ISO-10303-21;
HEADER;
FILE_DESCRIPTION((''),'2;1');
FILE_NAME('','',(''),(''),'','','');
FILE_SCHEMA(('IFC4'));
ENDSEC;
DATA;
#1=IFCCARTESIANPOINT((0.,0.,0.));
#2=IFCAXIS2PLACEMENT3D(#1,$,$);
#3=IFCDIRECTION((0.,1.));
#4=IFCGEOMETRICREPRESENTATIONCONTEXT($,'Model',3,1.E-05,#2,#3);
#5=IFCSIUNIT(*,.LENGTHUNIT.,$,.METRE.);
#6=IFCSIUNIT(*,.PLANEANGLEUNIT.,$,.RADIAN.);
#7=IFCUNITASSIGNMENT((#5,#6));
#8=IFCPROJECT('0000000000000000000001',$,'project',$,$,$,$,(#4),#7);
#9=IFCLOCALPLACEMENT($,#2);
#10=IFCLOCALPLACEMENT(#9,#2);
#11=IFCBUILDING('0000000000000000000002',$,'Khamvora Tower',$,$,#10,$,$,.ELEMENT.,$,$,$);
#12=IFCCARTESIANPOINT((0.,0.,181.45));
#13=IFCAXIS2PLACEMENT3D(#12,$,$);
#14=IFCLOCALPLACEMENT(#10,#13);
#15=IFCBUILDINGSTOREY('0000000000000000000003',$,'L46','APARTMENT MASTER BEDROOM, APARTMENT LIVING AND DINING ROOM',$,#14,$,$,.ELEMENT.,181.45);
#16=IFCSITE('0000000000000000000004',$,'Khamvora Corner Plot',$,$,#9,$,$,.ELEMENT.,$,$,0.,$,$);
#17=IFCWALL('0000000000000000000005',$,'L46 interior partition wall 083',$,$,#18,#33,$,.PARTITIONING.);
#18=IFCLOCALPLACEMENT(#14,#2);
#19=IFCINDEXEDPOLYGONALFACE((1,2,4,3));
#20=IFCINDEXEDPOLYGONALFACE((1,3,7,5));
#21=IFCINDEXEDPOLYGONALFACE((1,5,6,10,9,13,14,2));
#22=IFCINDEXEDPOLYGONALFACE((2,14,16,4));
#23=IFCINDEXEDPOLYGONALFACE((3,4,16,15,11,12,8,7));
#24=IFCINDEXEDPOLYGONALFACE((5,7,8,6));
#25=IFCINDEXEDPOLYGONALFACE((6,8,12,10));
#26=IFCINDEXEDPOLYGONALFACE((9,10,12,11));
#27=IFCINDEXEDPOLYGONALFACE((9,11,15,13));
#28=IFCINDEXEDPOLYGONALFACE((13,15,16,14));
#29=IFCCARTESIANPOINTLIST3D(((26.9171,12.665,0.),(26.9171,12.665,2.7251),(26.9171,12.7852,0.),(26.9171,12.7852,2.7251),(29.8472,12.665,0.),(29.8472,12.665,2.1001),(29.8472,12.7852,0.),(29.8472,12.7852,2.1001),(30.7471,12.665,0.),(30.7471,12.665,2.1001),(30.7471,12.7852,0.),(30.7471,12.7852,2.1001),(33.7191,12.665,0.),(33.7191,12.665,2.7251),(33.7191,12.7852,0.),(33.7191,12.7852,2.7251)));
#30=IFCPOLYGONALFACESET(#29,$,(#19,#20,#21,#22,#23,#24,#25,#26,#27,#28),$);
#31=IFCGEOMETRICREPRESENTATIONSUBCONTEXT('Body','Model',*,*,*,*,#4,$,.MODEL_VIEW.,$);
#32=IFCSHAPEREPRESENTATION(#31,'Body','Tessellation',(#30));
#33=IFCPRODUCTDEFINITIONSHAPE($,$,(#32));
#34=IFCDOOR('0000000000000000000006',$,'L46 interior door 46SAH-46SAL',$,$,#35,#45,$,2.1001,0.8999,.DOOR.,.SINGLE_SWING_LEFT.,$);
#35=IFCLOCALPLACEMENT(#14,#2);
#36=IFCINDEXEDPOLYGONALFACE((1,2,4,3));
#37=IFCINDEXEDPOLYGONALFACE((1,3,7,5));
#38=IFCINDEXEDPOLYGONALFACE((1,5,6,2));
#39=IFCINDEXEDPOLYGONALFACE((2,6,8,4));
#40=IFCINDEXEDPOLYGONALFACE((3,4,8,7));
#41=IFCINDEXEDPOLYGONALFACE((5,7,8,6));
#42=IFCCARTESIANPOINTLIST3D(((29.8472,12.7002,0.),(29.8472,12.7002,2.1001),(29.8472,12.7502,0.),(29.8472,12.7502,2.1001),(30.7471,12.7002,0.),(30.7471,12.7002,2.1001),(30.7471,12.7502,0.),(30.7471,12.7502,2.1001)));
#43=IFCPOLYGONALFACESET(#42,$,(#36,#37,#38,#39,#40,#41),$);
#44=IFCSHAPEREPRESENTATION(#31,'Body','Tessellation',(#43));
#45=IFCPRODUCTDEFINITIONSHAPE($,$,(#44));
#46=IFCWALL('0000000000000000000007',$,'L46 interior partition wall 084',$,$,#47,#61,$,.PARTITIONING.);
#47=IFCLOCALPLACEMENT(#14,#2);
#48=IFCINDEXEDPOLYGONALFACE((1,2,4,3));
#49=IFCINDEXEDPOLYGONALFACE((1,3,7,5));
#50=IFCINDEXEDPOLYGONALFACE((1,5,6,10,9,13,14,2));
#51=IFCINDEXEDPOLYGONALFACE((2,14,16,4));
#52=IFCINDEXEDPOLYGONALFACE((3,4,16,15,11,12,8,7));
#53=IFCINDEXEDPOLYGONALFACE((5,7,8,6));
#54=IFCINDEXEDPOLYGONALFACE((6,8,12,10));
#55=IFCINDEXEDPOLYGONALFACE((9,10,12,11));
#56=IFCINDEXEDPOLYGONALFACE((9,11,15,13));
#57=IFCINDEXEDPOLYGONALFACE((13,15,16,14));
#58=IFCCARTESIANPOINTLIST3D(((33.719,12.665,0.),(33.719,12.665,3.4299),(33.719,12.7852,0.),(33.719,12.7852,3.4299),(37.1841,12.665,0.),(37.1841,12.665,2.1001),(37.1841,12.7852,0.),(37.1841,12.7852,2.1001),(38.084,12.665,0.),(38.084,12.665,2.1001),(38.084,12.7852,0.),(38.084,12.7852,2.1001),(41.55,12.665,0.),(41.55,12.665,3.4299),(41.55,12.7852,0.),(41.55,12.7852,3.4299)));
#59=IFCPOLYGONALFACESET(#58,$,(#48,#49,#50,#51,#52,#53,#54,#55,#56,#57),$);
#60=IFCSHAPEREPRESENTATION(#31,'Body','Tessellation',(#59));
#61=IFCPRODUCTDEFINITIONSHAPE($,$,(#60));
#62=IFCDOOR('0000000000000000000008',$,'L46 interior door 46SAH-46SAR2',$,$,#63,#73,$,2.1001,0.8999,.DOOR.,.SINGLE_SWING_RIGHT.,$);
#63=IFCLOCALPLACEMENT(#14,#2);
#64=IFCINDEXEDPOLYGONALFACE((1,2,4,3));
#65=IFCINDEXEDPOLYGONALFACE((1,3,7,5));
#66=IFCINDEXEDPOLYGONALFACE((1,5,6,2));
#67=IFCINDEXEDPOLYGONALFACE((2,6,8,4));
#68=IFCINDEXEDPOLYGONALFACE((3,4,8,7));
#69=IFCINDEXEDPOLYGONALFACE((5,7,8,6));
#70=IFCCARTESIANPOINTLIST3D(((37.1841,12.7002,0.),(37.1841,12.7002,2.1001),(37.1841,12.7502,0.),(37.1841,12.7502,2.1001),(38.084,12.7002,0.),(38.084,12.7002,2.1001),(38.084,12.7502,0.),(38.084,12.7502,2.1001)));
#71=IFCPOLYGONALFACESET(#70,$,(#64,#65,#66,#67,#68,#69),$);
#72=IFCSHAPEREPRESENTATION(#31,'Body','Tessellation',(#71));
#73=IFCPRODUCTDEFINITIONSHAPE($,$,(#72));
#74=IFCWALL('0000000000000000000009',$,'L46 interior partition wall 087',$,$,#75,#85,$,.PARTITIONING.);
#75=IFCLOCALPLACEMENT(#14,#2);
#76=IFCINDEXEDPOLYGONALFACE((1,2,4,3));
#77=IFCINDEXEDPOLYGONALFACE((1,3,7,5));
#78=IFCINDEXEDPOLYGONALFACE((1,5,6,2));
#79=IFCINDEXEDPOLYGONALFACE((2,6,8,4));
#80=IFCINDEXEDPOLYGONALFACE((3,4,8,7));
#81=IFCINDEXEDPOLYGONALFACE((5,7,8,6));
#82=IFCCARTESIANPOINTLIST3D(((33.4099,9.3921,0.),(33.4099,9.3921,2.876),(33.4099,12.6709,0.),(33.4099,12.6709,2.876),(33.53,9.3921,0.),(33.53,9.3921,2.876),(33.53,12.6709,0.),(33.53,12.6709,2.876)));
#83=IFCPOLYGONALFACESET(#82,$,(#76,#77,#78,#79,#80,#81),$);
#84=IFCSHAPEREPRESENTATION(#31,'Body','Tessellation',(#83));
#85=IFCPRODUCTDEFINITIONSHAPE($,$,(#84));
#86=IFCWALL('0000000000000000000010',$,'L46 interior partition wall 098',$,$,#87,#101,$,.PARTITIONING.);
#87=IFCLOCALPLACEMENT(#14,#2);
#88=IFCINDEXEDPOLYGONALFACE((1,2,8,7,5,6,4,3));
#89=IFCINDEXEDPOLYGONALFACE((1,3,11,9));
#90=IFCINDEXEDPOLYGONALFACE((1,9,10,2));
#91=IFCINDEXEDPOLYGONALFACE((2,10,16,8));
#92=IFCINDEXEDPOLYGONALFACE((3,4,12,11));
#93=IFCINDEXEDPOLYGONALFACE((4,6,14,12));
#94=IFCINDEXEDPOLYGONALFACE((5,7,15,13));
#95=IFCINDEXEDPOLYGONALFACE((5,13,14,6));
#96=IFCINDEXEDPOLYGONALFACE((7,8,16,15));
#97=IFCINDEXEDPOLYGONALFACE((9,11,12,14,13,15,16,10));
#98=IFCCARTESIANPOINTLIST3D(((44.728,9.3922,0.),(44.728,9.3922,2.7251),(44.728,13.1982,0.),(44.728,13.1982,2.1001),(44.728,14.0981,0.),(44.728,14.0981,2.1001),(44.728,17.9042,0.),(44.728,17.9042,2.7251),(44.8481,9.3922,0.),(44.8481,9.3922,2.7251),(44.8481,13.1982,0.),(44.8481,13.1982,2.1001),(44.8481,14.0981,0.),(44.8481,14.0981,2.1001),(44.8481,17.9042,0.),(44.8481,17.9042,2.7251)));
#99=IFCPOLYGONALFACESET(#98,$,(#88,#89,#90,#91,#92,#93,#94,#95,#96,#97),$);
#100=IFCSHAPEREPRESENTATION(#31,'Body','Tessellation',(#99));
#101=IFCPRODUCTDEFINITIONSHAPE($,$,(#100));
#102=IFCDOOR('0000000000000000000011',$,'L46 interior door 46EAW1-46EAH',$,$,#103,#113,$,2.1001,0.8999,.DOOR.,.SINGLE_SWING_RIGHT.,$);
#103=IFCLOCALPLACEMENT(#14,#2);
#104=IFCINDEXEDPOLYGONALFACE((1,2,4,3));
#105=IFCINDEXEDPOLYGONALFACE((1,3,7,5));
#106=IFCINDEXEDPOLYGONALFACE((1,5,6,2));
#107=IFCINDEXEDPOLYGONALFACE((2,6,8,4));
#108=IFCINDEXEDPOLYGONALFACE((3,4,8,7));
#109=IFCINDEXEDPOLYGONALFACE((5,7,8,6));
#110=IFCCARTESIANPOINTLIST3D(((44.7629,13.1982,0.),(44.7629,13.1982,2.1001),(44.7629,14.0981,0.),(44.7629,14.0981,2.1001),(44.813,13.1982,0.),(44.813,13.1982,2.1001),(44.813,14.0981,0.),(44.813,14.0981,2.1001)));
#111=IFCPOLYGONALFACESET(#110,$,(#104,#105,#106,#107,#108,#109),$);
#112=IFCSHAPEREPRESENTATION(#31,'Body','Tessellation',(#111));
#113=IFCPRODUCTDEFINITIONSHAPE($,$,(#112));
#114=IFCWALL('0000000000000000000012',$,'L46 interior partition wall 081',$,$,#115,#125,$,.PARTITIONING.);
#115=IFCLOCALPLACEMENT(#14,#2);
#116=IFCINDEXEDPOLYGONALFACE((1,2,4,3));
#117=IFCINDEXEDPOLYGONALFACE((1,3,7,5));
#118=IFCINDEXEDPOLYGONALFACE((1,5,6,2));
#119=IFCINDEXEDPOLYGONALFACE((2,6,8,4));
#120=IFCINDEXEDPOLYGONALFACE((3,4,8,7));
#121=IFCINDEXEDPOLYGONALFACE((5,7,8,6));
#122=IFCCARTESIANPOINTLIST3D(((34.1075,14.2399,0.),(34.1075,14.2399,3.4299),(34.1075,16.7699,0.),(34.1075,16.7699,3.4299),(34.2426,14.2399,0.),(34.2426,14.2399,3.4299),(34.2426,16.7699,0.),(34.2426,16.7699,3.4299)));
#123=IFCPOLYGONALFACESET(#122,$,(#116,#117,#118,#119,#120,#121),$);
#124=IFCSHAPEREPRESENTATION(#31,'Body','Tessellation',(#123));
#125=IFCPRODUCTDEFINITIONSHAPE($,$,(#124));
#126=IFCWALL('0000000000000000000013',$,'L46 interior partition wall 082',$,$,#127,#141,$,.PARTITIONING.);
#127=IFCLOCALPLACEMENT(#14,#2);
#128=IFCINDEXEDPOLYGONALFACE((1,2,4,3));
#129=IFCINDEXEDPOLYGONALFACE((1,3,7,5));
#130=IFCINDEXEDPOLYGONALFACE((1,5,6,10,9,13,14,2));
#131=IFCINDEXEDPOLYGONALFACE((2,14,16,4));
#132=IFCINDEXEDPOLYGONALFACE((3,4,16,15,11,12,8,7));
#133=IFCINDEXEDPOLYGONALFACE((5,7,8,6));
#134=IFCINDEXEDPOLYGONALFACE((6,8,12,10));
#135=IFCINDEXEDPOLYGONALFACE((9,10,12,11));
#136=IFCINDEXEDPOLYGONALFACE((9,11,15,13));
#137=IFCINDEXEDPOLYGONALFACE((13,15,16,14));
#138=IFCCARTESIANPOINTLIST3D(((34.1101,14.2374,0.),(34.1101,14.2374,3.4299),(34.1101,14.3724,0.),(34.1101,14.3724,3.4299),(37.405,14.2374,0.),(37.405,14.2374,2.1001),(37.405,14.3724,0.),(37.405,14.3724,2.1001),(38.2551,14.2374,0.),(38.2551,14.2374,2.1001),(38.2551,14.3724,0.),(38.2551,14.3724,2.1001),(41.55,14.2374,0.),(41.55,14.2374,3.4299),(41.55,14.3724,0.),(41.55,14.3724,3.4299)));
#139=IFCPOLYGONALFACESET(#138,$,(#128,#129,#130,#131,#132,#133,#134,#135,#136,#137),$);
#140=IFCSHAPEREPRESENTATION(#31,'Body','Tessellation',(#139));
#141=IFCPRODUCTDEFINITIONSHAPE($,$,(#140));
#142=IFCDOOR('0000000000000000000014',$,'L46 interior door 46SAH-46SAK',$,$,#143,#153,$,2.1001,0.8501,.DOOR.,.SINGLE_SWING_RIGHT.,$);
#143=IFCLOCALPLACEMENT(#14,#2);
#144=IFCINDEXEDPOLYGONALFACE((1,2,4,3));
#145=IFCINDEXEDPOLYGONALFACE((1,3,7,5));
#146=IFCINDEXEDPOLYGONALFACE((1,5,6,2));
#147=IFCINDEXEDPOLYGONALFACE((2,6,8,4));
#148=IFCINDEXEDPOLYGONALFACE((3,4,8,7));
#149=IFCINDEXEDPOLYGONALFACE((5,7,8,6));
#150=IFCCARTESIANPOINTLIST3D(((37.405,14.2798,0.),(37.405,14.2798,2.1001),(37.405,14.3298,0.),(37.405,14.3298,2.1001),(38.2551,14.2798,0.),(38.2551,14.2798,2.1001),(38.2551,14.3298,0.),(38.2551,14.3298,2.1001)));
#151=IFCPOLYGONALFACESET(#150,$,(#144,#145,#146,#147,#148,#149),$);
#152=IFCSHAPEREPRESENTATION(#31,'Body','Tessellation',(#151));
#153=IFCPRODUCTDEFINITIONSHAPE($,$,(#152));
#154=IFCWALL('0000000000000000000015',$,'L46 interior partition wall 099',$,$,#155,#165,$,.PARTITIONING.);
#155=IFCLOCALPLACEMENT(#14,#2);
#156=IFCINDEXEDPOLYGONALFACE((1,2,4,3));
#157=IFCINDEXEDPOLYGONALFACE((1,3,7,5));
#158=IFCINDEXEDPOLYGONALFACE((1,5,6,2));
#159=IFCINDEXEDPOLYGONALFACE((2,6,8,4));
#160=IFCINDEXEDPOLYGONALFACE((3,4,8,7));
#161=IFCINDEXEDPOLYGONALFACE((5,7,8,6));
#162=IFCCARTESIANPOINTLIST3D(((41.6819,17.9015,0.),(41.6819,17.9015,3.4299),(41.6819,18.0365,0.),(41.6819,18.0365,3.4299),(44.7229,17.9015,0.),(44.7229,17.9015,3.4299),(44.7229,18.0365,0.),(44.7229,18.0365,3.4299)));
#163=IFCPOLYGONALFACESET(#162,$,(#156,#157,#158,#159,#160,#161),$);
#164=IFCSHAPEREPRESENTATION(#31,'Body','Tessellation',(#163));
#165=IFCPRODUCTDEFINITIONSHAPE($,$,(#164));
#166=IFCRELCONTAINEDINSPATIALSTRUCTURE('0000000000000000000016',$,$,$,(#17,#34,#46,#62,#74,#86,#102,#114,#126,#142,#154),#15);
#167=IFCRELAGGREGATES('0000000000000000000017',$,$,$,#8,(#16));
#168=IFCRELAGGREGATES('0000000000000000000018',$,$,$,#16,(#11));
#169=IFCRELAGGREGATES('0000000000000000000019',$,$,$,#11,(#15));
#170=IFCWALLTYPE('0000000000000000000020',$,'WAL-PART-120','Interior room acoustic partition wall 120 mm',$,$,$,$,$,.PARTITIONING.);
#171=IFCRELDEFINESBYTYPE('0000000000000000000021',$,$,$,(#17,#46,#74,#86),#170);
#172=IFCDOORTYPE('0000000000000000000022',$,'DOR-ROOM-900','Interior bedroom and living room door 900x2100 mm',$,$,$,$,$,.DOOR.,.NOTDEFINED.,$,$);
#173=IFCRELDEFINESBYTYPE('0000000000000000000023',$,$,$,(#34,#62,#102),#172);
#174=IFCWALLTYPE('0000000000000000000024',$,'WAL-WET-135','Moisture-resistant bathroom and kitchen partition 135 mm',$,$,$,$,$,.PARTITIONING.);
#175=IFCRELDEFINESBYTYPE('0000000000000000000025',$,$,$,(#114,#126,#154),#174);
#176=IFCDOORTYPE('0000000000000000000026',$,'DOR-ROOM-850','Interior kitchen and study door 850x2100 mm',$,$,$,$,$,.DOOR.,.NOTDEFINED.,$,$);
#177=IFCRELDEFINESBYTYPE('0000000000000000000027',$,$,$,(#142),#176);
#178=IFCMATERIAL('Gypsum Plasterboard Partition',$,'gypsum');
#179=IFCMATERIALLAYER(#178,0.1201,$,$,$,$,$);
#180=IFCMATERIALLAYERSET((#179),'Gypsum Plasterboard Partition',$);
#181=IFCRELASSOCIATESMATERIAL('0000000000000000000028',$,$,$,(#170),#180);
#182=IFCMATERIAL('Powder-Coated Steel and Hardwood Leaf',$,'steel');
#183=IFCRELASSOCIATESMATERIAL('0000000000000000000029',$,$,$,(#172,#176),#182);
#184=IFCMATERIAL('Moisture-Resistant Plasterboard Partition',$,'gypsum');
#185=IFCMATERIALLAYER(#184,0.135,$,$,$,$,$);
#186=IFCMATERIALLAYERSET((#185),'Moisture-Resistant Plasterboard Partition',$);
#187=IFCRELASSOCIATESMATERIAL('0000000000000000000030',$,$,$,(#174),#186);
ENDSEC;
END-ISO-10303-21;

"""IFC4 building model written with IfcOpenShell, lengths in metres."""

from ifc_helpers import new_model, si_unit, direction, frame, frame_2d, origin, place, context, subcontext, project, spatial, rectangle, extrude, material, layer, layer_set, type_object, element, fill, save


model = new_model("IFC4")

# Units and contexts
model_context = context("Model", 3, precision=1e-05, world=origin(), true_north=direction((0.0, 1.0)))
body_context = subcontext(model_context, "Body", "Model", "MODEL_VIEW")
ifc_project = project(units=[si_unit("LENGTHUNIT", "METRE"), si_unit("PLANEANGLEUNIT", "RADIAN")], contexts=[model_context])

# Site, building, storey
site_placement = place(None, origin())
site = spatial("IfcSite", under=ifc_project, at=site_placement, Name="Khamvora Corner Plot", CompositionType="ELEMENT", RefElevation=0.0)
building_placement = place(site_placement, origin())
building = spatial("IfcBuilding", under=site, at=building_placement, Name="Khamvora Tower", CompositionType="ELEMENT")
storey_placement = place(building_placement, frame((0.0, 0.0, 181.45)))
storey = spatial("IfcBuildingStorey", under=building, at=storey_placement, Name="L46", Description="APARTMENT MASTER BEDROOM, APARTMENT LIVING AND DINING ROOM", CompositionType="ELEMENT", Elevation=181.45)

# Shared definitions
ifc_material_1 = material(Name="Powder-Coated Steel and Hardwood Leaf", Category="steel")

# Walls, openings, doors
ifc_material_2 = material(Name="Gypsum Plasterboard Partition", Category="gypsum")
ifc_layer_1 = layer(ifc_material_2, 0.1201)
ifc_layer_set_1 = layer_set([ifc_layer_1], Name="Gypsum Plasterboard Partition")
wall_type_1 = type_object("IfcWallType", Name="WAL-PART-120", Description="Interior room acoustic partition wall 120 mm", PredefinedType="PARTITIONING", material=ifc_layer_set_1)
wall_1_placement = place(storey_placement, frame((33.719, 12.7251, 0.0), z_axis=(0.0, 0.0, 1.0), x_axis=(-1.0, 0.0, 0.0)))
wall_1 = element("IfcWall", 1, at=wall_1_placement, inside=storey, type_object=wall_type_1, Name="L46 interior partition wall 083", PredefinedType="PARTITIONING", context=body_context, shape_type="SweptSolid", body=[
    extrude(rectangle(XDim=6.802, YDim=0.1201, at=frame_2d((3.4009, 0.0))), origin(), (0.0, 0.0, 1.0), 2.7251),
])
opening_1_placement = place(wall_1_placement, frame((2.9719, 0.0, 0.0)))
opening_1 = element("IfcOpeningElement", 2, at=opening_1_placement, cuts=wall_1, PredefinedType="OPENING", context=body_context, shape_type="SweptSolid", body=[
    extrude(rectangle(XDim=0.8999, YDim=2.1001, at=frame_2d((0.45, 1.05))), frame((0.0, 0.0701, 0.0), z_axis=(0.0, -1.0, 0.0), x_axis=(1.0, 0.0, 0.0)), (0.0, 0.0, 1.0), 0.1401),
])
door_type_1 = type_object("IfcDoorType", Name="DOR-ROOM-900", Description="Interior bedroom and living room door 900x2100 mm", OperationType="NOTDEFINED", PredefinedType="DOOR", material=ifc_material_1)
door_1_placement = place(opening_1_placement, origin())
door_1 = element("IfcDoor", 3, at=door_1_placement, inside=storey, type_object=door_type_1, Name="L46 interior door 46SAH-46SAL", OperationType="SINGLE_SWING_LEFT", OverallHeight=2.1001, OverallWidth=0.8999, PredefinedType="DOOR", context=body_context, shape_type="SweptSolid", body=[
    extrude(rectangle(XDim=0.8999, YDim=2.1001, at=frame_2d((0.45, 1.05))), frame((0.0, 0.0249, 0.0), z_axis=(0.0, -1.0, 0.0), x_axis=(1.0, 0.0, 0.0)), (0.0, 0.0, 1.0), 0.05),
])
fill(opening_1, door_1)
wall_2_placement = place(storey_placement, frame((41.55, 12.7251, 0.0), z_axis=(0.0, 0.0, 1.0), x_axis=(-1.0, 0.0, 0.0)))
wall_2 = element("IfcWall", 4, at=wall_2_placement, inside=storey, type_object=wall_type_1, Name="L46 interior partition wall 084", PredefinedType="PARTITIONING", context=body_context, shape_type="SweptSolid", body=[
    extrude(rectangle(XDim=7.8311, YDim=0.1201, at=frame_2d((3.9155, 0.0))), origin(), (0.0, 0.0, 1.0), 3.4299),
])
opening_2_placement = place(wall_2_placement, frame((3.4661, 0.0, 0.0)))
opening_2 = element("IfcOpeningElement", 5, at=opening_2_placement, cuts=wall_2, PredefinedType="OPENING", context=body_context, shape_type="SweptSolid", body=[
    extrude(rectangle(XDim=0.8999, YDim=2.1001, at=frame_2d((0.45, 1.05))), frame((0.0, 0.0701, 0.0), z_axis=(0.0, -1.0, 0.0), x_axis=(1.0, 0.0, 0.0)), (0.0, 0.0, 1.0), 0.1401),
])
door_2_placement = place(opening_2_placement, origin())
door_2 = element("IfcDoor", 6, at=door_2_placement, inside=storey, type_object=door_type_1, Name="L46 interior door 46SAH-46SAR2", OperationType="SINGLE_SWING_RIGHT", OverallHeight=2.1001, OverallWidth=0.8999, PredefinedType="DOOR", context=body_context, shape_type="SweptSolid", body=[
    extrude(rectangle(XDim=0.8999, YDim=2.1001, at=frame_2d((0.45, 1.05))), frame((0.0, 0.0249, 0.0), z_axis=(0.0, -1.0, 0.0), x_axis=(1.0, 0.0, 0.0)), (0.0, 0.0, 1.0), 0.05),
])
fill(opening_2, door_2)

# Wall
wall_3_placement = place(storey_placement, frame((33.47, 12.6709, 0.0), z_axis=(0.0, 0.0, 1.0), x_axis=(0.0, -1.0, 0.0)))
element("IfcWall", 7, at=wall_3_placement, inside=storey, type_object=wall_type_1, Name="L46 interior partition wall 087", PredefinedType="PARTITIONING", context=body_context, shape_type="SweptSolid", body=[
    extrude(rectangle(XDim=3.2788, YDim=0.1201, at=frame_2d((1.6394, 0.0))), origin(), (0.0, 0.0, 1.0), 2.876),
])

# Wall, opening, door
wall_4_placement = place(storey_placement, frame((44.7881, 17.9041, 0.0), z_axis=(0.0, 0.0, 1.0), x_axis=(0.0, -1.0, 0.0)))
wall_4 = element("IfcWall", 8, at=wall_4_placement, inside=storey, type_object=wall_type_1, Name="L46 interior partition wall 098", PredefinedType="PARTITIONING", context=body_context, shape_type="SweptSolid", body=[
    extrude(rectangle(XDim=8.512, YDim=0.1201, at=frame_2d((4.2559, 0.0))), origin(), (0.0, 0.0, 1.0), 2.7251),
])
opening_3_placement = place(wall_4_placement, frame((3.8059, 0.0, 0.0)))
opening_3 = element("IfcOpeningElement", 9, at=opening_3_placement, cuts=wall_4, PredefinedType="OPENING", context=body_context, shape_type="SweptSolid", body=[
    extrude(rectangle(XDim=0.8999, YDim=2.1001, at=frame_2d((0.45, 1.05))), frame((0.0, 0.0701, 0.0), z_axis=(0.0, -1.0, 0.0), x_axis=(1.0, 0.0, 0.0)), (0.0, 0.0, 1.0), 0.1401),
])
door_3_placement = place(opening_3_placement, origin())
door_3 = element("IfcDoor", 10, at=door_3_placement, inside=storey, type_object=door_type_1, Name="L46 interior door 46EAW1-46EAH", OperationType="SINGLE_SWING_RIGHT", OverallHeight=2.1001, OverallWidth=0.8999, PredefinedType="DOOR", context=body_context, shape_type="SweptSolid", body=[
    extrude(rectangle(XDim=0.8999, YDim=2.1001, at=frame_2d((0.45, 1.05))), frame((0.0, 0.0249, 0.0), z_axis=(0.0, -1.0, 0.0), x_axis=(1.0, 0.0, 0.0)), (0.0, 0.0, 1.0), 0.05),
])
fill(opening_3, door_3)

# Wall
ifc_material_3 = material(Name="Moisture-Resistant Plasterboard Partition", Category="gypsum")
ifc_layer_2 = layer(ifc_material_3, 0.135)
ifc_layer_set_2 = layer_set([ifc_layer_2], Name="Moisture-Resistant Plasterboard Partition")
wall_type_2 = type_object("IfcWallType", Name="WAL-WET-135", Description="Moisture-resistant bathroom and kitchen partition 135 mm", PredefinedType="PARTITIONING", material=ifc_layer_set_2)
wall_5_placement = place(storey_placement, frame((34.175, 16.77, 0.0), z_axis=(0.0, 0.0, 1.0), x_axis=(0.0, -1.0, 0.0)))
element("IfcWall", 11, at=wall_5_placement, inside=storey, type_object=wall_type_2, Name="L46 interior partition wall 081", PredefinedType="PARTITIONING", context=body_context, shape_type="SweptSolid", body=[
    extrude(rectangle(XDim=2.53, YDim=0.135, at=frame_2d((1.2651, 0.0))), origin(), (0.0, 0.0, 1.0), 3.4299),
])

# Wall, opening, door
wall_6_placement = place(storey_placement, frame((34.1101, 14.3049, 0.0), z_axis=(0.0, 0.0, 1.0), x_axis=(1.0, 0.0, 0.0)))
wall_6 = element("IfcWall", 12, at=wall_6_placement, inside=storey, type_object=wall_type_2, Name="L46 interior partition wall 082", PredefinedType="PARTITIONING", context=body_context, shape_type="SweptSolid", body=[
    extrude(rectangle(XDim=7.4399, YDim=0.135, at=frame_2d((3.72, 0.0))), origin(), (0.0, 0.0, 1.0), 3.4299),
])
opening_4_placement = place(wall_6_placement, frame((3.2949, 0.0, 0.0)))
opening_4 = element("IfcOpeningElement", 13, at=opening_4_placement, cuts=wall_6, PredefinedType="OPENING", context=body_context, shape_type="SweptSolid", body=[
    extrude(rectangle(XDim=0.8501, YDim=2.1001, at=frame_2d((0.425, 1.05))), frame((0.0, 0.0774, 0.0), z_axis=(0.0, -1.0, 0.0), x_axis=(1.0, 0.0, 0.0)), (0.0, 0.0, 1.0), 0.155),
])
door_type_2 = type_object("IfcDoorType", Name="DOR-ROOM-850", Description="Interior kitchen and study door 850x2100 mm", OperationType="NOTDEFINED", PredefinedType="DOOR", material=ifc_material_1)
door_4_placement = place(opening_4_placement, origin())
door_4 = element("IfcDoor", 14, at=door_4_placement, inside=storey, type_object=door_type_2, Name="L46 interior door 46SAH-46SAK", OperationType="SINGLE_SWING_RIGHT", OverallHeight=2.1001, OverallWidth=0.8501, PredefinedType="DOOR", context=body_context, shape_type="SweptSolid", body=[
    extrude(rectangle(XDim=0.8501, YDim=2.1001, at=frame_2d((0.425, 1.05))), frame((0.0, 0.0249, 0.0), z_axis=(0.0, -1.0, 0.0), x_axis=(1.0, 0.0, 0.0)), (0.0, 0.0, 1.0), 0.05),
])
fill(opening_4, door_4)

# Wall
wall_7_placement = place(storey_placement, frame((41.6819, 17.969, 0.0), z_axis=(0.0, 0.0, 1.0), x_axis=(1.0, 0.0, 0.0)))
element("IfcWall", 15, at=wall_7_placement, inside=storey, type_object=wall_type_2, Name="L46 interior partition wall 099", PredefinedType="PARTITIONING", context=body_context, shape_type="SweptSolid", body=[
    extrude(rectangle(XDim=3.041, YDim=0.135, at=frame_2d((1.5205, 0.0))), origin(), (0.0, 0.0, 1.0), 3.4299),
])

save(model, "model.ifc")
